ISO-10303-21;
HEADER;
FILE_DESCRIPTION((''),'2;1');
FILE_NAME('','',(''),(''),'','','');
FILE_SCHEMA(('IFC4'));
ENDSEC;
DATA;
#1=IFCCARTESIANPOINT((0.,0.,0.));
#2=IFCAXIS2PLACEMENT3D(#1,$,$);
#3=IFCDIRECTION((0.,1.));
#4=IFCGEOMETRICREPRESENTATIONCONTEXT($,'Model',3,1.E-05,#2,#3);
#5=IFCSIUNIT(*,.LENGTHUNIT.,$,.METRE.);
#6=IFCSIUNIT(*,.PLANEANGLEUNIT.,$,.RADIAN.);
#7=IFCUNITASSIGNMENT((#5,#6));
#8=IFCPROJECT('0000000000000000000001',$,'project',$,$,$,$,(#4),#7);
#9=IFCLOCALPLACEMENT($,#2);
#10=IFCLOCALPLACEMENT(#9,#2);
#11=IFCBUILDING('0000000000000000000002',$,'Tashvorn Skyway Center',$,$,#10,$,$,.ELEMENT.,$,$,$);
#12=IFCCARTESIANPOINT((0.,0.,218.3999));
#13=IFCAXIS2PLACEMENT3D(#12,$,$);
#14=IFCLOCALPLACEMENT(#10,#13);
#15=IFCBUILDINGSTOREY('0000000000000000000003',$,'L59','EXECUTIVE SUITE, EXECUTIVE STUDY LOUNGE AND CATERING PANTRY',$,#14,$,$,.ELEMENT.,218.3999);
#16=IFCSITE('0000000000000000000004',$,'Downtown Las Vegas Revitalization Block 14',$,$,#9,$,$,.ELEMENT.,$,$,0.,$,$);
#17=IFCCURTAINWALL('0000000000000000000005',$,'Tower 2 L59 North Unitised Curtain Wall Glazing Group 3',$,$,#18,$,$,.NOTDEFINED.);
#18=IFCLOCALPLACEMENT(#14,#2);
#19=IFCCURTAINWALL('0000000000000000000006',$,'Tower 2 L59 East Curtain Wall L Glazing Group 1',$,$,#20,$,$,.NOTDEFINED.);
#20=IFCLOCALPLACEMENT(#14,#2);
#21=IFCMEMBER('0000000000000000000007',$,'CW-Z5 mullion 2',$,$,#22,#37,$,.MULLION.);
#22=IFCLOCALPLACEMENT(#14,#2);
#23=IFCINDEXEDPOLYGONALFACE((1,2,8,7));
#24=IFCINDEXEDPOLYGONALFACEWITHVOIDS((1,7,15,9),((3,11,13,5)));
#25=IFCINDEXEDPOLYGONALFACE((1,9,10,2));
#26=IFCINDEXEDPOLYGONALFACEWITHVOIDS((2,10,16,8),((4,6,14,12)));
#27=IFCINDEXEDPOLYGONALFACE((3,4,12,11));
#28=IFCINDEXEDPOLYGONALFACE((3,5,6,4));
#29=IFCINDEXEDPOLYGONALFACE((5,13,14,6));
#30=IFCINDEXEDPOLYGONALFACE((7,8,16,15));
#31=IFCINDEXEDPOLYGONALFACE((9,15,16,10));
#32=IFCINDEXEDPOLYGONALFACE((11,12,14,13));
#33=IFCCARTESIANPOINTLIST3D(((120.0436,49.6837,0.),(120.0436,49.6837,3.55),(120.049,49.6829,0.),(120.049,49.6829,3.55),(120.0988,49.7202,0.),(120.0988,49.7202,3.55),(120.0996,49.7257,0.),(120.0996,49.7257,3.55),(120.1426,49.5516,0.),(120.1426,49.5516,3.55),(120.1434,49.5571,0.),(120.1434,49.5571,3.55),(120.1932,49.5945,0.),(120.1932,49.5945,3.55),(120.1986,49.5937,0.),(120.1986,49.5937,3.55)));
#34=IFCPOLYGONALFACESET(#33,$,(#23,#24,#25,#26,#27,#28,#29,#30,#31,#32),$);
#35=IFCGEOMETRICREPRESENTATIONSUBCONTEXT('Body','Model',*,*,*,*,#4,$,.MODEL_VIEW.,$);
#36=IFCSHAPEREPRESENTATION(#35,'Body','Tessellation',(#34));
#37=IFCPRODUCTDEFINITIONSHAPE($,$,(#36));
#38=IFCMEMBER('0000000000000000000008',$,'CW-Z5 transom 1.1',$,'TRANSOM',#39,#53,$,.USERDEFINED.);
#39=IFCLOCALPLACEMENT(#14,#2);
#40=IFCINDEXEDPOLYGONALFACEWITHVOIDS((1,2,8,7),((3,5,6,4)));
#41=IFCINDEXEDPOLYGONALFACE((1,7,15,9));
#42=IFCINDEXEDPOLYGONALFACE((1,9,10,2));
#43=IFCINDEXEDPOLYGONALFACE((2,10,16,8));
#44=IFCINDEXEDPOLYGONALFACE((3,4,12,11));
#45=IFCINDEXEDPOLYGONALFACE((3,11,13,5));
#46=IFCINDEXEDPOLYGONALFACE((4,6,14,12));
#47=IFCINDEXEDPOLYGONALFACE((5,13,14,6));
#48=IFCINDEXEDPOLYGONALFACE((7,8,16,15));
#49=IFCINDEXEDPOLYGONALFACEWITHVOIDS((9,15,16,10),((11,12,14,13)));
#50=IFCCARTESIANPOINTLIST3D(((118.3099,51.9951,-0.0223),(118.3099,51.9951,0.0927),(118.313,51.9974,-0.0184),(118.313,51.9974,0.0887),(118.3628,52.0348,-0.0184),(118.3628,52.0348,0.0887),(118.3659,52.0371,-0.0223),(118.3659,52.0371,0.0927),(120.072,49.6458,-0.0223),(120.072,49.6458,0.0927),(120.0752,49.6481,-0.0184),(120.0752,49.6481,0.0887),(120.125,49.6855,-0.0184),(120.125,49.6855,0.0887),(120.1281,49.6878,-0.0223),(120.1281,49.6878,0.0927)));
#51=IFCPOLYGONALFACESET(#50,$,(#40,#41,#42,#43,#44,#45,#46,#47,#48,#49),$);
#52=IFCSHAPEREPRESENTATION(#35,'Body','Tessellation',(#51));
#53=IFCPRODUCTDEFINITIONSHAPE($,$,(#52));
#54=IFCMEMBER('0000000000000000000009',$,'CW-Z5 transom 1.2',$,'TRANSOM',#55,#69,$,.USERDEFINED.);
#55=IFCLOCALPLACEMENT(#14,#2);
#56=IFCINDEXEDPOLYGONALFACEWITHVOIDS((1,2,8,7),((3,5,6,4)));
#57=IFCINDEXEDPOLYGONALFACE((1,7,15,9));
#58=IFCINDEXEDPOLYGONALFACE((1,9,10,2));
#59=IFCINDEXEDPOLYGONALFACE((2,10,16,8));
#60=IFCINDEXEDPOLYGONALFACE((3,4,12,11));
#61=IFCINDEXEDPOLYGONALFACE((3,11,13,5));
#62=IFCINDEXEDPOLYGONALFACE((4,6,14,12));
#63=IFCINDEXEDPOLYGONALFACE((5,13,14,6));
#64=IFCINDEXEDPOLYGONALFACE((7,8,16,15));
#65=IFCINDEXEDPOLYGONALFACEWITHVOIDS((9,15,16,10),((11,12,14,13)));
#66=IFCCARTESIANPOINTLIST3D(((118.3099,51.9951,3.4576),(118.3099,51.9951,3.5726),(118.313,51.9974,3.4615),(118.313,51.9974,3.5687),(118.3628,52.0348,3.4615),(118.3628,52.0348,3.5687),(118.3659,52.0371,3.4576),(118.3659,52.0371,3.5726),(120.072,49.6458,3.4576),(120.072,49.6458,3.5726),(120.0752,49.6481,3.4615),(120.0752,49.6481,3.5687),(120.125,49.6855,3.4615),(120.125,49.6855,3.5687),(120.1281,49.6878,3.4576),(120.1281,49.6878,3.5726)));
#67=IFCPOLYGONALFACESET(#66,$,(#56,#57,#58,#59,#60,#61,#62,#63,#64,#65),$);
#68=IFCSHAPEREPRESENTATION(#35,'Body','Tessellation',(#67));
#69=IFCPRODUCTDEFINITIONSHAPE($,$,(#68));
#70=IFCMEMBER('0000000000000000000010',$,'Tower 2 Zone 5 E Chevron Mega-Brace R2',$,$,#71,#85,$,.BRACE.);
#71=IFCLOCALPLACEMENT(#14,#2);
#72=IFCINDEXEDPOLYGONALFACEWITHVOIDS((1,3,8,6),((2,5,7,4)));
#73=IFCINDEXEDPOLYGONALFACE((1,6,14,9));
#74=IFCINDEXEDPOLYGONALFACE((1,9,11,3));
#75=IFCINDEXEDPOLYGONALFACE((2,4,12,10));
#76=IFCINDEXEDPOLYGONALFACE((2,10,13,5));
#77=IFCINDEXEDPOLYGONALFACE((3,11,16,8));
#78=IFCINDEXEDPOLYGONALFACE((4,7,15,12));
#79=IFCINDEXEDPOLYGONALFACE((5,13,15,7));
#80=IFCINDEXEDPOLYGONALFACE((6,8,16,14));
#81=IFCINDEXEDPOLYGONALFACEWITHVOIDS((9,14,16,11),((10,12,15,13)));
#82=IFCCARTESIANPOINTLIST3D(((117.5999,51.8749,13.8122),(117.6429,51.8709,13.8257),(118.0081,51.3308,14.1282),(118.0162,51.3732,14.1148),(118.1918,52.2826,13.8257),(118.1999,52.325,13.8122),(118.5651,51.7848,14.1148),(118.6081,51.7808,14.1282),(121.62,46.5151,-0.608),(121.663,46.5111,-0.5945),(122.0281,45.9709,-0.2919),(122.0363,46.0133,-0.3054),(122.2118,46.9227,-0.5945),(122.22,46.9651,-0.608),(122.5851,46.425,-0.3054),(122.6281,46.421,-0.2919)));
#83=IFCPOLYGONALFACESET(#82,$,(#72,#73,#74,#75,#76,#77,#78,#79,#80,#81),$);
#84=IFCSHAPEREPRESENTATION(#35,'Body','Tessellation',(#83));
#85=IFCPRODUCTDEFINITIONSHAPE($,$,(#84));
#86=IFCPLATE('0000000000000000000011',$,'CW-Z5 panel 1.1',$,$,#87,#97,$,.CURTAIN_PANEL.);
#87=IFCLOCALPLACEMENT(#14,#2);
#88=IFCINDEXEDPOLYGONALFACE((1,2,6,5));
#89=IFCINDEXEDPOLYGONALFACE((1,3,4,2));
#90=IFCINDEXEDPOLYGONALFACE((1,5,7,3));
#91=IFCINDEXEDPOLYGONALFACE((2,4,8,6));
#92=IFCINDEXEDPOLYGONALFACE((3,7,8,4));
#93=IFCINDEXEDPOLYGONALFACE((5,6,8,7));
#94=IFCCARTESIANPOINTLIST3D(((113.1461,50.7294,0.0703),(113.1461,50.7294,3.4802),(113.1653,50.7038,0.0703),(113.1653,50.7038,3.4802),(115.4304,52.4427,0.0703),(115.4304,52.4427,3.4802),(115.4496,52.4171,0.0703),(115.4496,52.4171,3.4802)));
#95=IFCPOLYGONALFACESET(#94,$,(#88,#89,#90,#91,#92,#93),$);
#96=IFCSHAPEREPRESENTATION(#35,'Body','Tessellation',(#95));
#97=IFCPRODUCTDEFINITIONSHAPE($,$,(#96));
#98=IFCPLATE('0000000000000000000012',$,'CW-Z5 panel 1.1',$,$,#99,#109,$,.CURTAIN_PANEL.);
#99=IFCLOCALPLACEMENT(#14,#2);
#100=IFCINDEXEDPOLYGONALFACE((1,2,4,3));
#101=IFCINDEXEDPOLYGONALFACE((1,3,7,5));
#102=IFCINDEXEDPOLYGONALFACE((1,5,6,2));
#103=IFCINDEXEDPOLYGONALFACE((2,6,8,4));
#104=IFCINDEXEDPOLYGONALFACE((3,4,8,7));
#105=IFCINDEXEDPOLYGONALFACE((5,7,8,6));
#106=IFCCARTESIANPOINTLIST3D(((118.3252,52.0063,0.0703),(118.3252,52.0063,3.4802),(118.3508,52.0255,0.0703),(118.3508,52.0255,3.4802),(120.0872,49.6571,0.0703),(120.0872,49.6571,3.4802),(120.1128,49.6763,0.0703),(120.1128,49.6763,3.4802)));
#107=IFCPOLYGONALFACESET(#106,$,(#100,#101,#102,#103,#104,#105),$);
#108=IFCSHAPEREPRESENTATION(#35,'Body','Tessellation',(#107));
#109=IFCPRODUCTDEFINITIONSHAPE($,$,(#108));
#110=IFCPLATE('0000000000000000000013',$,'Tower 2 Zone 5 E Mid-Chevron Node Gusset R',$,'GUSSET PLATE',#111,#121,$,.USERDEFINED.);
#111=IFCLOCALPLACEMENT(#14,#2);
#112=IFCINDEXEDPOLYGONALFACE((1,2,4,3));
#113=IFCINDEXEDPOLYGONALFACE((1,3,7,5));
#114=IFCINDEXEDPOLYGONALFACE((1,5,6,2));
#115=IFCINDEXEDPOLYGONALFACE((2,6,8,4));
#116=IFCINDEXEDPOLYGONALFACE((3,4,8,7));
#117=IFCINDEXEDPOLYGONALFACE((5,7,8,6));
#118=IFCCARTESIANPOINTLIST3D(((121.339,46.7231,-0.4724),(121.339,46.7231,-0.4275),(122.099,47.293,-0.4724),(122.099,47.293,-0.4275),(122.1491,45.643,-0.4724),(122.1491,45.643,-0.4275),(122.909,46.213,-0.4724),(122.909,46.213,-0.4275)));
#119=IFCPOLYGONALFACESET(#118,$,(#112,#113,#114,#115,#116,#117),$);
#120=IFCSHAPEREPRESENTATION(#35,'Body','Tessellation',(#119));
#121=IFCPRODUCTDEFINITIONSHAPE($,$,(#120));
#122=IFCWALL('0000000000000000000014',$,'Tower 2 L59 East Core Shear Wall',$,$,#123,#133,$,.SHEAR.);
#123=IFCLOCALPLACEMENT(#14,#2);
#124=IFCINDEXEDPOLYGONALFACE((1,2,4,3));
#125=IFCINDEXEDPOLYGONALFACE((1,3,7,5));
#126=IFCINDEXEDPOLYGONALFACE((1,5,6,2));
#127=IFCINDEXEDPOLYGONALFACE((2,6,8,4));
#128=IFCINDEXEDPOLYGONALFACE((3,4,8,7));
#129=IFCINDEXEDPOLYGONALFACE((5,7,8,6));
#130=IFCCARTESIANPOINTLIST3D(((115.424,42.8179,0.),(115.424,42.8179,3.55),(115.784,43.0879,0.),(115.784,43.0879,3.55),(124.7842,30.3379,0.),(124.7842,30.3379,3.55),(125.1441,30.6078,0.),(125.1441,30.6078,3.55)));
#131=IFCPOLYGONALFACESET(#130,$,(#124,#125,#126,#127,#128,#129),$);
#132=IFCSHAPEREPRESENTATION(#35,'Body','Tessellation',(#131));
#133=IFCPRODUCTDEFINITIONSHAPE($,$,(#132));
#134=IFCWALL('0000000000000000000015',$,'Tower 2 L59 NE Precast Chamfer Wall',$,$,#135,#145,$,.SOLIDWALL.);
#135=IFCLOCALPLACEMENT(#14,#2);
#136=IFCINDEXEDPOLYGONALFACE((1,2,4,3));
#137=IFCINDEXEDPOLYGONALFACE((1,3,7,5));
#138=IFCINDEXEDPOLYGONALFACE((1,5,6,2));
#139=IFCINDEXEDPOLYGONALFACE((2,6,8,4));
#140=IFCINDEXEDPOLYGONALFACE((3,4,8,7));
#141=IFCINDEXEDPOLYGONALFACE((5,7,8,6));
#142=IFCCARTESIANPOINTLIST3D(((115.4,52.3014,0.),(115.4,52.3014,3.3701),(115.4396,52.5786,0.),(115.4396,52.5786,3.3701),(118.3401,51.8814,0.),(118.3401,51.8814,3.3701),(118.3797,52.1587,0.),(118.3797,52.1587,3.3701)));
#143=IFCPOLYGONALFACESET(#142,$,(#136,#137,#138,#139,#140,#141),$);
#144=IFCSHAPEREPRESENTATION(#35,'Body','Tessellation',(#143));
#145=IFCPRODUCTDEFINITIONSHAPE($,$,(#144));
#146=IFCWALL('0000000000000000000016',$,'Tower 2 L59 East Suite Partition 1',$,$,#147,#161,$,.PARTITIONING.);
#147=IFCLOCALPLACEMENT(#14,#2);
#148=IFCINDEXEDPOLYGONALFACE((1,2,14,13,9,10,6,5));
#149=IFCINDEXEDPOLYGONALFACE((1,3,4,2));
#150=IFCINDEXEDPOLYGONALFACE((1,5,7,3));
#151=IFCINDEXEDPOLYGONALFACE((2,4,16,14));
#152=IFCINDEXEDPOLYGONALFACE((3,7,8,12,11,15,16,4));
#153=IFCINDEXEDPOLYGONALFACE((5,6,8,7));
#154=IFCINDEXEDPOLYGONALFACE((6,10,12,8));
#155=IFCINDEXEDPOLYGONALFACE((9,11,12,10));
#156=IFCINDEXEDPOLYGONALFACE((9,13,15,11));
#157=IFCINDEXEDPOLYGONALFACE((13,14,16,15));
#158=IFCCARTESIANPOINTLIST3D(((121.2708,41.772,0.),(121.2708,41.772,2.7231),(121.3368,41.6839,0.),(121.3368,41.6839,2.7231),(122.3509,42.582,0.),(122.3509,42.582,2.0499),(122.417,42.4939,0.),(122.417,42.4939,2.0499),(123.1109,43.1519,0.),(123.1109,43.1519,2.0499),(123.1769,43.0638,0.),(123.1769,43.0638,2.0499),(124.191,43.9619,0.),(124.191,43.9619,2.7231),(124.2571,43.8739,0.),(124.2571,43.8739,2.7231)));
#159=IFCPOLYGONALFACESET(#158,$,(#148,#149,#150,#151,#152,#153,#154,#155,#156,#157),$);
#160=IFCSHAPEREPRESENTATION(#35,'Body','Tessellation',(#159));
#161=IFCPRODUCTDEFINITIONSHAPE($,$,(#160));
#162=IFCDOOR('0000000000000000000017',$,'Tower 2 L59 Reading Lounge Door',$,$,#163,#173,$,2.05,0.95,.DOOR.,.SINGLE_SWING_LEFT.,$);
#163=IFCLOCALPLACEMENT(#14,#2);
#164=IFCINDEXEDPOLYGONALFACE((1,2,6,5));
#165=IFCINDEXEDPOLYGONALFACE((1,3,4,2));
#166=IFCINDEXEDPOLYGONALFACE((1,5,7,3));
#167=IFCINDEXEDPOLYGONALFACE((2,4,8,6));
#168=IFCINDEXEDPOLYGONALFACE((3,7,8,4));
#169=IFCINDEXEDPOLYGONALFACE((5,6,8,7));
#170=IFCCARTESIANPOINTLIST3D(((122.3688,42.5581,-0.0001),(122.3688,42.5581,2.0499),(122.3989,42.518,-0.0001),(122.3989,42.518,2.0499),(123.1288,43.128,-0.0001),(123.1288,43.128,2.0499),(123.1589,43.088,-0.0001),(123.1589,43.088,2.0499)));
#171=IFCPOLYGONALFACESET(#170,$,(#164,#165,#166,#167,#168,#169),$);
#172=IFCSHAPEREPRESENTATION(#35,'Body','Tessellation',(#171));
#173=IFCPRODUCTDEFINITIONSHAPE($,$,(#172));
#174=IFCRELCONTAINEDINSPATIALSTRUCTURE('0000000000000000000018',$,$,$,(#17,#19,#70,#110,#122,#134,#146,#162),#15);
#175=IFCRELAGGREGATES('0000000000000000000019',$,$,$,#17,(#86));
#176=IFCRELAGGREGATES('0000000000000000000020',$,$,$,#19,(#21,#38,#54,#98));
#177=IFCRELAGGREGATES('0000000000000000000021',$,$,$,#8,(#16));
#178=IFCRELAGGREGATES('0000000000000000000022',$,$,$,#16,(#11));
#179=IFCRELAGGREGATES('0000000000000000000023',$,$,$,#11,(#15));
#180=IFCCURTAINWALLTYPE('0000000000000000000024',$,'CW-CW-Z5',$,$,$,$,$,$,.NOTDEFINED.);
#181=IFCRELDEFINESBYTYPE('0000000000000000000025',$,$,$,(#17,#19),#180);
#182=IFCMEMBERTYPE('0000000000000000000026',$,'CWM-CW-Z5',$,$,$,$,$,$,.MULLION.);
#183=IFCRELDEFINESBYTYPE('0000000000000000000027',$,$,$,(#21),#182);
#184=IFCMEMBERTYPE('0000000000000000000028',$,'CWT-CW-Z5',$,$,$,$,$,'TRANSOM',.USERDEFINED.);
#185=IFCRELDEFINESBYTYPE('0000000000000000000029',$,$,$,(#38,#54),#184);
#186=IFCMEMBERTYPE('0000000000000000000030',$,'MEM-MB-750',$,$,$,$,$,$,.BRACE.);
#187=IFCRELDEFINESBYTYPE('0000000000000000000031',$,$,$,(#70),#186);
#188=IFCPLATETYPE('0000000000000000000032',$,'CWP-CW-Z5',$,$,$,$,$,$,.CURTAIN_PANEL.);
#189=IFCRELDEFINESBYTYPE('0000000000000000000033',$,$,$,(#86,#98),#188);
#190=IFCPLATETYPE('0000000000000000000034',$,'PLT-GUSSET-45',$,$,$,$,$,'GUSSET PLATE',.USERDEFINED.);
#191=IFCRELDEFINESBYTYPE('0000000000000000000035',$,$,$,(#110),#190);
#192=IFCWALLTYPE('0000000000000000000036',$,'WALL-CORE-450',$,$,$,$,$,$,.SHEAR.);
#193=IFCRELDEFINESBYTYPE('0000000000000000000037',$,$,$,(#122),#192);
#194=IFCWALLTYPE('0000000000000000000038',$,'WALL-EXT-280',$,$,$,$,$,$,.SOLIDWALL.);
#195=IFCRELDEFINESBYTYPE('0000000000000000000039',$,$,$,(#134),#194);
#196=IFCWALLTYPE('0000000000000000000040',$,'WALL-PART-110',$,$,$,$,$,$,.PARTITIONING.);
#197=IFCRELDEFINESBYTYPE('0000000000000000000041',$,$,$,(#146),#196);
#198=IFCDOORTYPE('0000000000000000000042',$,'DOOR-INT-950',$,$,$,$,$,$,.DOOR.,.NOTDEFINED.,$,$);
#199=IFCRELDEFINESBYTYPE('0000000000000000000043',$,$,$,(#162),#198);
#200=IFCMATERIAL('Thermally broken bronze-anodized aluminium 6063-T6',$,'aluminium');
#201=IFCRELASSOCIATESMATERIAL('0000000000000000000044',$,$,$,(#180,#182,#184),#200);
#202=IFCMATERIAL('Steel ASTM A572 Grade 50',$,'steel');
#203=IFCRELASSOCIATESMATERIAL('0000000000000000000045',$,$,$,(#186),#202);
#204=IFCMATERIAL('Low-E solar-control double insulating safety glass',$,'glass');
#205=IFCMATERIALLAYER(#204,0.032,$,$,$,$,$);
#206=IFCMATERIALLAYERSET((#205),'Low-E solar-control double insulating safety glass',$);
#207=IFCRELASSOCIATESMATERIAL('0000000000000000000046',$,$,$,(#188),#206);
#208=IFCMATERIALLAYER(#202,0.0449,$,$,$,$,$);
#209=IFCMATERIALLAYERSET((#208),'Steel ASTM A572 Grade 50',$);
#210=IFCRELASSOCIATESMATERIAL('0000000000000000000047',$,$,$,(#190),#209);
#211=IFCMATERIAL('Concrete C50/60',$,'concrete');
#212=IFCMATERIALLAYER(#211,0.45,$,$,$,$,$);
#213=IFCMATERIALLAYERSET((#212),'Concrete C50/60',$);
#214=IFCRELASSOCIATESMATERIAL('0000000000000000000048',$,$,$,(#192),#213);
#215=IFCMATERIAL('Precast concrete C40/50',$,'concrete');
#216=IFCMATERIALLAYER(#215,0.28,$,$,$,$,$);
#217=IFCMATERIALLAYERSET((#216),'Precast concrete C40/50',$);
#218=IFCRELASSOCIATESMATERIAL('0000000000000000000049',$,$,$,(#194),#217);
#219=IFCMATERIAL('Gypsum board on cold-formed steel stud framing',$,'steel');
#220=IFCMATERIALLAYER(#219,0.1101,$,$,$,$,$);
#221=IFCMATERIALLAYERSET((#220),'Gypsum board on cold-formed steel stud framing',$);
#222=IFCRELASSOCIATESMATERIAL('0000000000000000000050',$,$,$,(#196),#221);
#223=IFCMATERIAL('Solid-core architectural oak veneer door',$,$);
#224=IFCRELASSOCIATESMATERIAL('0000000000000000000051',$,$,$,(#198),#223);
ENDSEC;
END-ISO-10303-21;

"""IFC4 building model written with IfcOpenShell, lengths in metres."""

from ifc_helpers import new_model, si_unit, direction, frame, frame_2d, origin, origin_2d, place, context, subcontext, project, spatial, rectangle, hollow_rectangle, extrude, material, layer, layer_set, material_profile, profile_set, type_object, element, fill, aggregate, save


model = new_model("IFC4")

# Units and contexts
model_context = context("Model", 3, precision=1e-05, world=origin(), true_north=direction((0.0, 1.0)))
body_context = subcontext(model_context, "Body", "Model", "MODEL_VIEW")
ifc_project = project(units=[si_unit("LENGTHUNIT", "METRE"), si_unit("PLANEANGLEUNIT", "RADIAN")], contexts=[model_context])

# Site, building, storey
site_placement = place(None, origin())
site = spatial("IfcSite", under=ifc_project, at=site_placement, Name="Downtown Las Vegas Revitalization Block 14", CompositionType="ELEMENT", RefElevation=0.0)
building_placement = place(site_placement, origin())
building = spatial("IfcBuilding", under=site, at=building_placement, Name="Tashvorn Skyway Center", CompositionType="ELEMENT")
storey_placement = place(building_placement, frame((0.0, 0.0, 218.3999)))
storey = spatial("IfcBuildingStorey", under=building, at=storey_placement, Name="L59", Description="EXECUTIVE SUITE, EXECUTIVE STUDY LOUNGE AND CATERING PANTRY", CompositionType="ELEMENT", Elevation=218.3999)

# Shared definitions
ifc_material_1 = material(Name="Steel ASTM A572 Grade 50", Category="steel")

# Curtain wall
ifc_material_2 = material(Name="Thermally broken bronze-anodized aluminium 6063-T6", Category="aluminium")
curtain_wall_type = type_object("IfcCurtainWallType", Name="CW-CW-Z5", PredefinedType="NOTDEFINED", material=ifc_material_2)
curtain_wall_1_placement = place(storey_placement, origin())
curtain_wall_1 = element("IfcCurtainWall", 1, at=curtain_wall_1_placement, inside=storey, type_object=curtain_wall_type, Name="Tower 2 L59 North Unitised Curtain Wall Glazing Group 3", PredefinedType="NOTDEFINED")
ifc_material_profile_1 = material_profile(ifc_material_2, hollow_rectangle(XDim=0.0701, YDim=0.165, WallThickness=0.0039, at=origin_2d()), Name="ALU-MULL-70x165")
ifc_profile_set_1 = profile_set([ifc_material_profile_1], Name="Thermally broken bronze-anodized aluminium 6063-T6")
member_type_1 = type_object("IfcMemberType", Name="CWM-CW-Z5", PredefinedType="MULLION", material=ifc_profile_set_1)

# Curtain wall, members
curtain_wall_2_placement = place(storey_placement, origin())
curtain_wall_2 = element("IfcCurtainWall", 2, at=curtain_wall_2_placement, inside=storey, type_object=curtain_wall_type, Name="Tower 2 L59 East Curtain Wall L Glazing Group 1", PredefinedType="NOTDEFINED")
member_1_placement = place(storey_placement, frame((120.1211, 49.6387, 0.0), z_axis=(0.0, 0.0, 1.0), x_axis=(0.799996, 0.600005, 0.0)))
member_1 = element("IfcMember", 3, at=member_1_placement, type_object=member_type_1, Name="CW-Z5 mullion 2", PredefinedType="MULLION", context=body_context, shape_type="SweptSolid", body=[
    extrude(hollow_rectangle(XDim=0.0701, YDim=0.165, WallThickness=0.0039, at=origin_2d()), origin(), (0.0, 0.0, 1.0), 3.55),
])
ifc_material_profile_2 = material_profile(ifc_material_2, hollow_rectangle(XDim=0.0701, YDim=0.115, WallThickness=0.0039, at=origin_2d()), Name="ALU-TRAN-70x115")
ifc_profile_set_2 = profile_set([ifc_material_profile_2], Name="Thermally broken bronze-anodized aluminium 6063-T6")
member_type_2 = type_object("IfcMemberType", Name="CWT-CW-Z5", ElementType="TRANSOM", PredefinedType="USERDEFINED", material=ifc_profile_set_2)
member_2_placement = place(storey_placement, frame((118.3379, 52.0161, 0.0352), z_axis=(0.60004, -0.79997, 0.0), x_axis=(0.79997, 0.60004, 0.0)))
member_2 = element("IfcMember", 4, at=member_2_placement, type_object=member_type_2, Name="CW-Z5 transom 1.1", ObjectType="TRANSOM", PredefinedType="USERDEFINED", context=body_context, shape_type="SweptSolid", body=[
    extrude(hollow_rectangle(XDim=0.0701, YDim=0.115, WallThickness=0.0039, at=origin_2d()), origin(), (0.0, 0.0, 1.0), 2.9368),
])
member_3_placement = place(storey_placement, frame((118.3379, 52.0161, 3.5151), z_axis=(0.60004, -0.79997, 0.0), x_axis=(0.79997, 0.60004, 0.0)))
member_3 = element("IfcMember", 5, at=member_3_placement, type_object=member_type_2, Name="CW-Z5 transom 1.2", ObjectType="TRANSOM", PredefinedType="USERDEFINED", context=body_context, shape_type="SweptSolid", body=[
    extrude(hollow_rectangle(XDim=0.0701, YDim=0.115, WallThickness=0.0039, at=origin_2d()), origin(), (0.0, 0.0, 1.0), 2.9368),
])

# Member
ifc_material_profile_3 = material_profile(ifc_material_1, hollow_rectangle(XDim=0.75, YDim=0.75, WallThickness=0.032, at=origin_2d()), Name="BOX750x750x32")
ifc_profile_set_3 = profile_set([ifc_material_profile_3], Name="Steel ASTM A572 Grade 50")
member_type_3 = type_object("IfcMemberType", Name="MEM-MB-750", PredefinedType="BRACE", material=ifc_profile_set_3)
member_4_placement = place(storey_placement, frame((122.124, 46.468, -0.45), z_axis=(-0.252821, 0.337085, 0.906893), x_axis=(-0.799991, -0.600012, 0.0)))
element("IfcMember", 6, at=member_4_placement, inside=storey, type_object=member_type_3, Name="Tower 2 Zone 5 E Chevron Mega-Brace R2", PredefinedType="BRACE", context=body_context, shape_type="SweptSolid", body=[
    extrude(hollow_rectangle(XDim=0.75, YDim=0.75, WallThickness=0.032, at=origin_2d()), origin(), (0.0, 0.0, 1.0), 15.9006),
])

# Plates
ifc_material_3 = material(Name="Low-E solar-control double insulating safety glass", Category="glass")
ifc_layer_1 = layer(ifc_material_3, 0.032)
ifc_layer_set_1 = layer_set([ifc_layer_1], Name="Low-E solar-control double insulating safety glass")
plate_type_1 = type_object("IfcPlateType", Name="CWP-CW-Z5", PredefinedType="CURTAIN_PANEL", material=ifc_layer_set_1)
plate_1_placement = place(storey_placement, frame((114.2979, 51.5732, 0.0703), z_axis=(0.0, 0.0, 1.0), x_axis=(0.8, 0.6, 0.0)))
plate_1 = element("IfcPlate", 7, at=plate_1_placement, type_object=plate_type_1, Name="CW-Z5 panel 1.1", PredefinedType="CURTAIN_PANEL", context=body_context, shape_type="SweptSolid", body=[
    extrude(rectangle(XDim=2.8555, YDim=0.032, at=origin_2d()), origin(), (0.0, 0.0, 1.0), 3.4099),
])
aggregate(curtain_wall_1, [plate_1])
plate_2_placement = place(storey_placement, frame((119.219, 50.8413, 0.0703), z_axis=(0.0, 0.0, 1.0), x_axis=(0.600005, -0.799996, 0.0)))
plate_2 = element("IfcPlate", 8, at=plate_2_placement, type_object=plate_type_1, Name="CW-Z5 panel 1.1", PredefinedType="CURTAIN_PANEL", context=body_context, shape_type="SweptSolid", body=[
    extrude(rectangle(XDim=2.9365, YDim=0.032, at=origin_2d()), origin(), (0.0, 0.0, 1.0), 3.4099),
])
aggregate(curtain_wall_2, [member_1, member_2, member_3, plate_2])
ifc_layer_2 = layer(ifc_material_1, 0.0449)
ifc_layer_set_2 = layer_set([ifc_layer_2], Name="Steel ASTM A572 Grade 50")
plate_type_2 = type_object("IfcPlateType", Name="PLT-GUSSET-45", ElementType="GUSSET PLATE", PredefinedType="USERDEFINED", material=ifc_layer_set_2)
plate_3_placement = place(storey_placement, frame((122.124, 46.468, -0.4724), z_axis=(0.0, 0.0, 1.0), x_axis=(-0.6, 0.8, 0.0)))
element("IfcPlate", 9, at=plate_3_placement, inside=storey, type_object=plate_type_2, Name="Tower 2 Zone 5 E Mid-Chevron Node Gusset R", ObjectType="GUSSET PLATE", PredefinedType="USERDEFINED", context=body_context, shape_type="SweptSolid", body=[
    extrude(rectangle(XDim=1.3501, YDim=0.95, at=origin_2d()), origin(), (0.0, 0.0, 1.0), 0.0449),
])

# Wall
ifc_material_4 = material(Name="Concrete C50/60", Category="concrete")
ifc_layer_3 = layer(ifc_material_4, 0.45)
ifc_layer_set_3 = layer_set([ifc_layer_3], Name="Concrete C50/60")
wall_type_1 = type_object("IfcWallType", Name="WALL-CORE-450", PredefinedType="SHEAR", material=ifc_layer_set_3)
wall_1_placement = place(storey_placement, frame((115.604, 42.9529, 0.0), z_axis=(0.0, 0.0, 1.0), x_axis=(0.600005, -0.799996, 0.0)))
element("IfcWall", 10, at=wall_1_placement, inside=storey, type_object=wall_type_1, Name="Tower 2 L59 East Core Shear Wall", PredefinedType="SHEAR", context=body_context, shape_type="SweptSolid", body=[
    extrude(rectangle(XDim=15.6001, YDim=0.45, at=frame_2d((7.8, 0.0))), origin(), (0.0, 0.0, 1.0), 3.55),
])

# Shared definitions
ifc_material_5 = material(Name="Precast concrete C40/50", Category="concrete")
ifc_layer_4 = layer(ifc_material_5, 0.28)
ifc_layer_set_4 = layer_set([ifc_layer_4], Name="Precast concrete C40/50")
wall_type_2 = type_object("IfcWallType", Name="WALL-EXT-280", PredefinedType="SOLIDWALL", material=ifc_layer_set_4)

# Wall
wall_2_placement = place(storey_placement, frame((115.4199, 52.4399, 0.0), z_axis=(0.0, 0.0, 1.0), x_axis=(0.989954, -0.141387, 0.0)))
element("IfcWall", 11, at=wall_2_placement, inside=storey, type_object=wall_type_2, Name="Tower 2 L59 NE Precast Chamfer Wall", PredefinedType="SOLIDWALL", context=body_context, shape_type="SweptSolid", body=[
    extrude(rectangle(XDim=2.97, YDim=0.28, at=frame_2d((1.4849, 0.0))), origin(), (0.0, 0.0, 1.0), 3.3701),
])

# Wall, opening, door
ifc_material_6 = material(Name="Gypsum board on cold-formed steel stud framing", Category="steel")
ifc_layer_5 = layer(ifc_material_6, 0.1101)
ifc_layer_set_5 = layer_set([ifc_layer_5], Name="Gypsum board on cold-formed steel stud framing")
wall_type_3 = type_object("IfcWallType", Name="WALL-PART-110", PredefinedType="PARTITIONING", material=ifc_layer_set_5)
wall_3_placement = place(storey_placement, frame((124.2241, 43.918, 0.0), z_axis=(0.0, 0.0, 1.0), x_axis=(-0.800024, -0.599968, 0.0)))
wall_3 = element("IfcWall", 12, at=wall_3_placement, inside=storey, type_object=wall_type_3, Name="Tower 2 L59 East Suite Partition 1", PredefinedType="PARTITIONING", context=body_context, shape_type="SweptSolid", body=[
    extrude(rectangle(XDim=3.6501, YDim=0.1101, at=frame_2d((1.8252, 0.0))), origin(), (0.0, 0.0, 1.0), 2.7231),
])
opening_1_placement = place(wall_3_placement, frame((1.3501, 0.0, 0.0)))
opening_1 = element("IfcOpeningElement", 13, at=opening_1_placement, cuts=wall_3, PredefinedType="OPENING", context=body_context, shape_type="SweptSolid", body=[
    extrude(rectangle(XDim=0.95, YDim=2.05, at=frame_2d((0.4751, 1.0249))), frame((0.0, 0.0649, 0.0), z_axis=(0.0, -1.0, 0.0), x_axis=(1.0, 0.0, 0.0)), (0.0, 0.0, 1.0), 0.1301),
])
ifc_material_7 = material(Name="Solid-core architectural oak veneer door")
door_type_1 = type_object("IfcDoorType", Name="DOOR-INT-950", OperationType="NOTDEFINED", PredefinedType="DOOR", material=ifc_material_7)
door_1_placement = place(opening_1_placement, origin())
door_1 = element("IfcDoor", 14, at=door_1_placement, inside=storey, type_object=door_type_1, Name="Tower 2 L59 Reading Lounge Door", OperationType="SINGLE_SWING_LEFT", OverallHeight=2.05, OverallWidth=0.95, PredefinedType="DOOR", context=body_context, shape_type="SweptSolid", body=[
    extrude(rectangle(XDim=0.95, YDim=2.05, at=frame_2d((0.4751, 1.0249))), frame((0.0, 0.0249, 0.0), z_axis=(0.0, -1.0, 0.0), x_axis=(1.0, 0.0, 0.0)), (0.0, 0.0, 1.0), 0.05),
])
fill(opening_1, door_1)

save(model, "model.ifc")
